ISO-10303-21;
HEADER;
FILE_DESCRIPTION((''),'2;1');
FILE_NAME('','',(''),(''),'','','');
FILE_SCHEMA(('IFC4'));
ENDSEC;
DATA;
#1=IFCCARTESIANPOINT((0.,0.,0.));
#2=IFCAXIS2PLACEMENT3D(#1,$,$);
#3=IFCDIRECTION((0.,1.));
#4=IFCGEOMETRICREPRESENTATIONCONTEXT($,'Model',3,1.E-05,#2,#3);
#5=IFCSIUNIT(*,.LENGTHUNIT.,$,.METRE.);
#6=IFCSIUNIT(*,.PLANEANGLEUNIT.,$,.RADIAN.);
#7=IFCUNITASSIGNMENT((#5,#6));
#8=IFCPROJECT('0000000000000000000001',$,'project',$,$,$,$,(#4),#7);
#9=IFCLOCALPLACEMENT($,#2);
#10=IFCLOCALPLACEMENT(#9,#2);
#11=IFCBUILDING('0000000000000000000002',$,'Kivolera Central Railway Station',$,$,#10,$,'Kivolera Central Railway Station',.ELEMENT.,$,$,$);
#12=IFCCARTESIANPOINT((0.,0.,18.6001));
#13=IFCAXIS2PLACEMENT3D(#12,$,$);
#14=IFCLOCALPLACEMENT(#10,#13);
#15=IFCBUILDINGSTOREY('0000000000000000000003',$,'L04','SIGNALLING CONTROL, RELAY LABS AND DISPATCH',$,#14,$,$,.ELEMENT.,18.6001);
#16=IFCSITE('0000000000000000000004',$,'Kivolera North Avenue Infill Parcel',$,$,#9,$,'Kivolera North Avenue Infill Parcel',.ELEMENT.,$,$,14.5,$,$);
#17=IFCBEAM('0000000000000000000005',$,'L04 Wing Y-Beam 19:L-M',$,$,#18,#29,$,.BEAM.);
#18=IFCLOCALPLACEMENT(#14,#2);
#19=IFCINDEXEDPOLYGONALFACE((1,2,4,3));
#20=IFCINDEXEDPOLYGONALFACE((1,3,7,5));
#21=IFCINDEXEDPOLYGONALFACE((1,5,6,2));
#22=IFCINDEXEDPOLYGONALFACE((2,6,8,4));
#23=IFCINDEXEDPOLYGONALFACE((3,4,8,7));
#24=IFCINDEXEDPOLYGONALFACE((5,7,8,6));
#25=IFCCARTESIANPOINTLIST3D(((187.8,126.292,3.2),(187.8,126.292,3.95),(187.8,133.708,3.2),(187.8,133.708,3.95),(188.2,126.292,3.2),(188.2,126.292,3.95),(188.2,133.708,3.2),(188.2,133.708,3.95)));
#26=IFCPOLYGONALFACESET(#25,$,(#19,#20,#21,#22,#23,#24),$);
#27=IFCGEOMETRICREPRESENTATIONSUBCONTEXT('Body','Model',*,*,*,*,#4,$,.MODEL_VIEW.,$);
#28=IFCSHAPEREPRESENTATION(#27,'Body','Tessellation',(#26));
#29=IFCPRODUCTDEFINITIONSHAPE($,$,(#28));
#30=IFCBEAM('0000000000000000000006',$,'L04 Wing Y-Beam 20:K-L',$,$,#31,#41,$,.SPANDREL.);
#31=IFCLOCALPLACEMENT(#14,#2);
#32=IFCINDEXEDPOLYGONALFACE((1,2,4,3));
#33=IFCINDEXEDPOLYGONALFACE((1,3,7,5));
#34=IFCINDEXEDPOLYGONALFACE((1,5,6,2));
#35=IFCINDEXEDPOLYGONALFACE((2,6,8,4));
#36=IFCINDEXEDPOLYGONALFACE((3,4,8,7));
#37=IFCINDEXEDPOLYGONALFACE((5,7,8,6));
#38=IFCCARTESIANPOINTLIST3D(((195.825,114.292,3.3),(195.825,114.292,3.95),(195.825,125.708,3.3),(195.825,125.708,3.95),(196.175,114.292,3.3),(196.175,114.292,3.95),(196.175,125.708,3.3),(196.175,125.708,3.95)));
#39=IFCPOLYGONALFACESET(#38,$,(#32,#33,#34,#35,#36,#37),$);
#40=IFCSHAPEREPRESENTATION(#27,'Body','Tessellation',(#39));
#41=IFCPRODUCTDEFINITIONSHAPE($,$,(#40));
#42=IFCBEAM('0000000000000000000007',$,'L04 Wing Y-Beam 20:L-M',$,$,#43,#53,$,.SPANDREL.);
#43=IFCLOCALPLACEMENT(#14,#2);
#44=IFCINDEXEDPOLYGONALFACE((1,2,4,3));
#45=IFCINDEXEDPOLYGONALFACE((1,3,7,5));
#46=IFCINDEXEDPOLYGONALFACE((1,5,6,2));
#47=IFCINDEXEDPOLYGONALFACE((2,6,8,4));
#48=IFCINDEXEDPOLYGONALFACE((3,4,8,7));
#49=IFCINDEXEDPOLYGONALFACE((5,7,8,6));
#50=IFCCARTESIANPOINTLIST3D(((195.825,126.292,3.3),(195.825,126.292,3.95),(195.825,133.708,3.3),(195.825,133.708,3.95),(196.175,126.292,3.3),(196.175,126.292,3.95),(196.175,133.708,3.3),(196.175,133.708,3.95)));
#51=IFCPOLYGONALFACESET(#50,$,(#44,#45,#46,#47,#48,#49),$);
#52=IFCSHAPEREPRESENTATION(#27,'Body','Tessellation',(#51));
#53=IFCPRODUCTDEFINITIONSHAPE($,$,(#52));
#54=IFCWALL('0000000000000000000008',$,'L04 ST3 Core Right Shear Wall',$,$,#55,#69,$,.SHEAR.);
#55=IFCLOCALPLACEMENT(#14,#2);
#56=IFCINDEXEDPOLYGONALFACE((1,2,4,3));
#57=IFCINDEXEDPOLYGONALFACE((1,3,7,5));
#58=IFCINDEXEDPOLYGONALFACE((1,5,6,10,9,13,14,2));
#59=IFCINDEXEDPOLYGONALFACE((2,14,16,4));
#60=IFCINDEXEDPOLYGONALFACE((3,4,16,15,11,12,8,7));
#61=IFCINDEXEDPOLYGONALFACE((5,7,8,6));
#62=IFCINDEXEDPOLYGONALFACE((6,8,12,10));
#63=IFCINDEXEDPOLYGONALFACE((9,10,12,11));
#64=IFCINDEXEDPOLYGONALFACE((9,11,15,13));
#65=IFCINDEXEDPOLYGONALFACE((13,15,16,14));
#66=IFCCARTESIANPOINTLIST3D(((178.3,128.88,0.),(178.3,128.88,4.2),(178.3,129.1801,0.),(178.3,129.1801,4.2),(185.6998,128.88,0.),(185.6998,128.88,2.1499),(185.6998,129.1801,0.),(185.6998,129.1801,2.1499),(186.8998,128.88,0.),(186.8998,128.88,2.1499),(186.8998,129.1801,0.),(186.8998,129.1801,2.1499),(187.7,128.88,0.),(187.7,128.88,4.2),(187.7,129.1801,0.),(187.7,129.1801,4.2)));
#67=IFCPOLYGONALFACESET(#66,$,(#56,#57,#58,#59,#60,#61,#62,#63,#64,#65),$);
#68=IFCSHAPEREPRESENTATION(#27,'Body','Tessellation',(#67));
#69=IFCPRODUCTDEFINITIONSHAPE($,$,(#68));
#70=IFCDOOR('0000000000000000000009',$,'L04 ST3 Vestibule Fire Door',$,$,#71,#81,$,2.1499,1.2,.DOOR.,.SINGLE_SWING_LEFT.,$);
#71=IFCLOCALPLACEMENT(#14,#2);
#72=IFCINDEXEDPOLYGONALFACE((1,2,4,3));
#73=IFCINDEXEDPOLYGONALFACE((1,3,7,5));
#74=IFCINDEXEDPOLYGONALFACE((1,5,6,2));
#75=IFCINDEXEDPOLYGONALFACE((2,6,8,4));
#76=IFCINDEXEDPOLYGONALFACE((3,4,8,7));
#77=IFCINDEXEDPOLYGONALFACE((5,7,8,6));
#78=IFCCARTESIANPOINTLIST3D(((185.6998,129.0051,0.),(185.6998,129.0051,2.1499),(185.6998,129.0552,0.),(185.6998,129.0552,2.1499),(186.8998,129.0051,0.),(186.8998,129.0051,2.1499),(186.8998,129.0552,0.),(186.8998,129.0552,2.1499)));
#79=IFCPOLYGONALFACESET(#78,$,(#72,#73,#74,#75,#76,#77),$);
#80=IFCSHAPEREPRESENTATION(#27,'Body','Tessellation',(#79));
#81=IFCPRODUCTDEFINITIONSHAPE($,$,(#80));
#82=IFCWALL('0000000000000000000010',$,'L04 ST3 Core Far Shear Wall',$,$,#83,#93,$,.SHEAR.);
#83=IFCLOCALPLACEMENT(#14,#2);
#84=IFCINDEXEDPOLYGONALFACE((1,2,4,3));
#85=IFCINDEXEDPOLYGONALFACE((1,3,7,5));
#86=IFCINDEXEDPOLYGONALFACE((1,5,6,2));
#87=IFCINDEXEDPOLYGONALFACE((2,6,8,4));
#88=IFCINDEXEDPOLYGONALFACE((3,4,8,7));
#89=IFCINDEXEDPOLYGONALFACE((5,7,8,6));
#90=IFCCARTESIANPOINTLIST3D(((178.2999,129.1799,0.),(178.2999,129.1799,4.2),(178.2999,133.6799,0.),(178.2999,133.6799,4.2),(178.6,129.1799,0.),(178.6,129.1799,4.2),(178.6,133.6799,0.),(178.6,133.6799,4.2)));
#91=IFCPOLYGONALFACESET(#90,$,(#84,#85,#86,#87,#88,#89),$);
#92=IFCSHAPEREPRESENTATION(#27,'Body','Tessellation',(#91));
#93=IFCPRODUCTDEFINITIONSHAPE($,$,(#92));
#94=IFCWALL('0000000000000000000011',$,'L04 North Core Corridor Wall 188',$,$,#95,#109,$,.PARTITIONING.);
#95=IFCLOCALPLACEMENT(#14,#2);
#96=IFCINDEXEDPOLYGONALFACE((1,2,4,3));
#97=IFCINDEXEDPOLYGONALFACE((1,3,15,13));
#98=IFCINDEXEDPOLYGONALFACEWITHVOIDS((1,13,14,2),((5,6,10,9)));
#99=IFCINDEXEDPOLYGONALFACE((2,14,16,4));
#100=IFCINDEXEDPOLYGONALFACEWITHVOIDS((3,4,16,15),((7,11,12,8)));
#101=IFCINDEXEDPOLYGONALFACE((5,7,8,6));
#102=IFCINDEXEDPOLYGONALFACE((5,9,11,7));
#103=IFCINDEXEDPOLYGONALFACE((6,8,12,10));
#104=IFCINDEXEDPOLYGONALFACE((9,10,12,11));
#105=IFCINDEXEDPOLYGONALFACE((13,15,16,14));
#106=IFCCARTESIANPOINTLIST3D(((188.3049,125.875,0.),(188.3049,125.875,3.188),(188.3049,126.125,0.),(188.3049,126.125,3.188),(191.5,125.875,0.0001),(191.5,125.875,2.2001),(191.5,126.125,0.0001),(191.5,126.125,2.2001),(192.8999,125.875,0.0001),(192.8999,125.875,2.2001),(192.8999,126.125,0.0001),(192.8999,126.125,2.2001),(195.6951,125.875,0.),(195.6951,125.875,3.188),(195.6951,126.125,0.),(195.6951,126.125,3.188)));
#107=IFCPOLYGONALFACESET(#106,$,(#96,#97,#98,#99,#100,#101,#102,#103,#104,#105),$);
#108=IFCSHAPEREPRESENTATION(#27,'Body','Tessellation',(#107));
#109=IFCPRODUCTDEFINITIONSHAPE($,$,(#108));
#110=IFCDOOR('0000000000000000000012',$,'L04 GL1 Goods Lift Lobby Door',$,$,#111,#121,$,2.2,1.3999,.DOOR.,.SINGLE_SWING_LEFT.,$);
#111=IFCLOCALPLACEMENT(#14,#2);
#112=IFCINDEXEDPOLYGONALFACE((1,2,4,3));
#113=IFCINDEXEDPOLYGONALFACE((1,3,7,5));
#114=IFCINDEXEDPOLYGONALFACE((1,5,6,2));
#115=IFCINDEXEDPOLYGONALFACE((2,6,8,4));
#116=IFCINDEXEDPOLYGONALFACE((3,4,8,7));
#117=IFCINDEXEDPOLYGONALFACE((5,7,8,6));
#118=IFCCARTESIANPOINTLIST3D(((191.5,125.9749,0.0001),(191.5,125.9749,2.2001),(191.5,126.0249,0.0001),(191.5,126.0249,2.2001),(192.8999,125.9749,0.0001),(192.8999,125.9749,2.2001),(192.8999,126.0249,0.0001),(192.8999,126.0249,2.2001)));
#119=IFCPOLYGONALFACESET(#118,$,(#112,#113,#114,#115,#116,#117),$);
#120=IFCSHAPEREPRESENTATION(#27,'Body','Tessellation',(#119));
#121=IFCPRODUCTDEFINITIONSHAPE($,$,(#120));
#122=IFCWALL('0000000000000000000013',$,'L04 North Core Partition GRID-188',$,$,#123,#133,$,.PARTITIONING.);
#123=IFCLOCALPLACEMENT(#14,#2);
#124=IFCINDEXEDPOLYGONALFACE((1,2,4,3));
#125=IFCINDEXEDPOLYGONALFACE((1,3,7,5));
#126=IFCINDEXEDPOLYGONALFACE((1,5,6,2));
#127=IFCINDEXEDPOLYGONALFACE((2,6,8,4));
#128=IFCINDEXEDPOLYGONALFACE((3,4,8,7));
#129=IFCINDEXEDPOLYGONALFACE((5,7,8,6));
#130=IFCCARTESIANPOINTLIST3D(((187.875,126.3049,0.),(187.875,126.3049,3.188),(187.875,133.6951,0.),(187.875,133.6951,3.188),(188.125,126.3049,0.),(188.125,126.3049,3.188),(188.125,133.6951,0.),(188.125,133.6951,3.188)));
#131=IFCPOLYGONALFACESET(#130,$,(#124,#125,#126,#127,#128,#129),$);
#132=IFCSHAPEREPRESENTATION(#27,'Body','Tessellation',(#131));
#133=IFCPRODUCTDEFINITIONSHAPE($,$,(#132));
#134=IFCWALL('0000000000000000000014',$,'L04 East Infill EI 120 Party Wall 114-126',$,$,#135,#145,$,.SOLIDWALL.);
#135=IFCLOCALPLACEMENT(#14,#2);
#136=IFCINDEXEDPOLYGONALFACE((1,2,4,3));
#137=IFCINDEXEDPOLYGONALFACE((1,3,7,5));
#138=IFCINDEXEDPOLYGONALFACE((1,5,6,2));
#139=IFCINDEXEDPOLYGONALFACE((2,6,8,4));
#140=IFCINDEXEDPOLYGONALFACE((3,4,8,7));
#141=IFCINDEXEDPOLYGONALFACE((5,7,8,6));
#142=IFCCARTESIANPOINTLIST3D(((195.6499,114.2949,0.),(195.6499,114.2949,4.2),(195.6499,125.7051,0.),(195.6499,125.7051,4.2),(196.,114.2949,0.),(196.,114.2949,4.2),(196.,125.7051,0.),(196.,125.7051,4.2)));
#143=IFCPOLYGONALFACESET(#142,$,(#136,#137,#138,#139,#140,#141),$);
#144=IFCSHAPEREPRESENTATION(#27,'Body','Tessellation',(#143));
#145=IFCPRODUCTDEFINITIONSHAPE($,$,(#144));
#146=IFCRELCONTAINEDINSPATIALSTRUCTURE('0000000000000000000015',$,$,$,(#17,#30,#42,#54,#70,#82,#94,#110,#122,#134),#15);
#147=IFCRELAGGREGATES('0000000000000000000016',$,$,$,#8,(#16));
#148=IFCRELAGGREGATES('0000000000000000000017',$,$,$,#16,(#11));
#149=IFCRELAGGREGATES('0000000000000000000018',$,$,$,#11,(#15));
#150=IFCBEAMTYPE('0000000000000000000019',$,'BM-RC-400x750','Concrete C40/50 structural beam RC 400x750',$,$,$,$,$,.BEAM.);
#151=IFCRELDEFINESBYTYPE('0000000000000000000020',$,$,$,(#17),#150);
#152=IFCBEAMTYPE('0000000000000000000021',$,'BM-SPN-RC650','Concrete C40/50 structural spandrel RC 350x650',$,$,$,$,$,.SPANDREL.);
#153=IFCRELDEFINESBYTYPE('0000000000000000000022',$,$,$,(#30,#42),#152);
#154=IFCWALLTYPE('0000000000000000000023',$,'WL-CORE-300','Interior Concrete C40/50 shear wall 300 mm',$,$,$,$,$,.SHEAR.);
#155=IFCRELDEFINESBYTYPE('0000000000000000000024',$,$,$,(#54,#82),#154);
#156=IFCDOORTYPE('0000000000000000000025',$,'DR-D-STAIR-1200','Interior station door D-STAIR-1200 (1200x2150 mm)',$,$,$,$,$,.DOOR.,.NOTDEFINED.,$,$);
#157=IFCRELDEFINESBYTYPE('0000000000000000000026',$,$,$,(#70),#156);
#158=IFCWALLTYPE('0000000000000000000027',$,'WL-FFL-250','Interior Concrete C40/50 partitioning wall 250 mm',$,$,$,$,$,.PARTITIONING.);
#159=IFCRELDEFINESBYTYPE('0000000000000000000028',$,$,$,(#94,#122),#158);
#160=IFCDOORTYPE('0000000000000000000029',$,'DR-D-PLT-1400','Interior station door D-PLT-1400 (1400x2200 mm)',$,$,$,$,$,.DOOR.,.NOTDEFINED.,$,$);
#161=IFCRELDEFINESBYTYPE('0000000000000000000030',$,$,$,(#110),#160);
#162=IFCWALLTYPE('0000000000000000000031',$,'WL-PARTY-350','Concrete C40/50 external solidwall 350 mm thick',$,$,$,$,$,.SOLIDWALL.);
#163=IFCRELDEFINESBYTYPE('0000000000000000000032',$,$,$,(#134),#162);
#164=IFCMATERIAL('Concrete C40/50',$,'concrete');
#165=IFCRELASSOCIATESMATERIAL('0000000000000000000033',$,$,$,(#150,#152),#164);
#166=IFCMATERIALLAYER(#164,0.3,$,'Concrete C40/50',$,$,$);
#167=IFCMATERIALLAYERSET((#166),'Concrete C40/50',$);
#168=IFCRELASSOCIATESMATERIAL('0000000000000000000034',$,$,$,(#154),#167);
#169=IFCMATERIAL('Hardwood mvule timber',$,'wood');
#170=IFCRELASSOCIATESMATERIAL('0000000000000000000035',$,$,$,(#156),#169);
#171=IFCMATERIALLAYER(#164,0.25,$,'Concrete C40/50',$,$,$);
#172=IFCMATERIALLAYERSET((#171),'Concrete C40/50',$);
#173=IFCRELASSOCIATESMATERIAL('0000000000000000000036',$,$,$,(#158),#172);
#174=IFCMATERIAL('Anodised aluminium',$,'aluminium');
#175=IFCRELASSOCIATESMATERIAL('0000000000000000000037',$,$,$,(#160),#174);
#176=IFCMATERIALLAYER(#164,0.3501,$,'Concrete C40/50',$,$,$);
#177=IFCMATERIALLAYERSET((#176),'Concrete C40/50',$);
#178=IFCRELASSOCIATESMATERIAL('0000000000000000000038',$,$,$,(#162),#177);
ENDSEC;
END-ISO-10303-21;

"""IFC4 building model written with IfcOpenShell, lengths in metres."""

from ifc_helpers import new_model, si_unit, direction, frame, frame_2d, origin, origin_2d, place, context, subcontext, project, spatial, rectangle, extrude, material, layer, layer_set, material_profile, profile_set, type_object, element, fill, save


model = new_model("IFC4")

# Units and contexts
model_context = context("Model", 3, precision=1e-05, world=origin(), true_north=direction((0.0, 1.0)))
body_context = subcontext(model_context, "Body", "Model", "MODEL_VIEW")
ifc_project = project(units=[si_unit("LENGTHUNIT", "METRE"), si_unit("PLANEANGLEUNIT", "RADIAN")], contexts=[model_context])

# Site, building, storey
site_placement = place(None, origin())
site = spatial("IfcSite", under=ifc_project, at=site_placement, Name="Kivolera North Avenue Infill Parcel", LongName="Kivolera North Avenue Infill Parcel", CompositionType="ELEMENT", RefElevation=14.5)
building_placement = place(site_placement, origin())
building = spatial("IfcBuilding", under=site, at=building_placement, Name="Kivolera Central Railway Station", LongName="Kivolera Central Railway Station", CompositionType="ELEMENT")
storey_placement = place(building_placement, frame((0.0, 0.0, 18.6001)))
storey = spatial("IfcBuildingStorey", under=building, at=storey_placement, Name="L04", Description="SIGNALLING CONTROL, RELAY LABS AND DISPATCH", CompositionType="ELEMENT", Elevation=18.6001)

# Shared definitions
ifc_material_1 = material(Name="Concrete C40/50", Category="concrete")

# Beams
ifc_material_profile_1 = material_profile(ifc_material_1, rectangle(XDim=0.3999, YDim=0.75, at=origin_2d()), Name="RC 400x750")
ifc_profile_set_1 = profile_set([ifc_material_profile_1], Name="Concrete C40/50")
beam_type_1 = type_object("IfcBeamType", Name="BM-RC-400x750", Description="Concrete C40/50 structural beam RC 400x750", PredefinedType="BEAM", material=ifc_profile_set_1)
beam_1_placement = place(storey_placement, frame((188.0, 126.292, 3.575), z_axis=(0.0, 1.0, 0.0), x_axis=(-1.0, 0.0, 0.0)))
element("IfcBeam", 1, at=beam_1_placement, inside=storey, type_object=beam_type_1, Name="L04 Wing Y-Beam 19:L-M", PredefinedType="BEAM", context=body_context, shape_type="SweptSolid", body=[
    extrude(rectangle(XDim=0.3999, YDim=0.75, at=origin_2d()), origin(), (0.0, 0.0, 1.0), 7.416),
])
ifc_material_profile_2 = material_profile(ifc_material_1, rectangle(XDim=0.3501, YDim=0.6499, at=origin_2d()), Name="RC 350x650")
ifc_profile_set_2 = profile_set([ifc_material_profile_2], Name="Concrete C40/50")
beam_type_2 = type_object("IfcBeamType", Name="BM-SPN-RC650", Description="Concrete C40/50 structural spandrel RC 350x650", PredefinedType="SPANDREL", material=ifc_profile_set_2)
beam_2_placement = place(storey_placement, frame((196.0, 114.292, 3.625), z_axis=(0.0, 1.0, 0.0), x_axis=(-1.0, 0.0, 0.0)))
element("IfcBeam", 2, at=beam_2_placement, inside=storey, type_object=beam_type_2, Name="L04 Wing Y-Beam 20:K-L", PredefinedType="SPANDREL", context=body_context, shape_type="SweptSolid", body=[
    extrude(rectangle(XDim=0.3501, YDim=0.6499, at=origin_2d()), origin(), (0.0, 0.0, 1.0), 11.416),
])
beam_3_placement = place(storey_placement, frame((196.0, 126.292, 3.625), z_axis=(0.0, 1.0, 0.0), x_axis=(-1.0, 0.0, 0.0)))
element("IfcBeam", 3, at=beam_3_placement, inside=storey, type_object=beam_type_2, Name="L04 Wing Y-Beam 20:L-M", PredefinedType="SPANDREL", context=body_context, shape_type="SweptSolid", body=[
    extrude(rectangle(XDim=0.3501, YDim=0.6499, at=origin_2d()), origin(), (0.0, 0.0, 1.0), 7.416),
])

# Wall, opening, door
ifc_layer_1 = layer(ifc_material_1, 0.3, Name="Concrete C40/50")
ifc_layer_set_1 = layer_set([ifc_layer_1], Name="Concrete C40/50")
wall_type_1 = type_object("IfcWallType", Name="WL-CORE-300", Description="Interior Concrete C40/50 shear wall 300 mm", PredefinedType="SHEAR", material=ifc_layer_set_1)
wall_1_placement = place(storey_placement, frame((187.7, 129.03, 0.0), z_axis=(0.0, 0.0, 1.0), x_axis=(-1.0, 0.0, 0.0)))
wall_1 = element("IfcWall", 4, at=wall_1_placement, inside=storey, type_object=wall_type_1, Name="L04 ST3 Core Right Shear Wall", PredefinedType="SHEAR", context=body_context, shape_type="SweptSolid", body=[
    extrude(rectangle(XDim=9.3999, YDim=0.3, at=frame_2d((4.7, 0.0))), origin(), (0.0, 0.0, 1.0), 4.2),
])
opening_1_placement = place(wall_1_placement, frame((0.8, 0.0, 0.0)))
opening_1 = element("IfcOpeningElement", 5, at=opening_1_placement, cuts=wall_1, PredefinedType="OPENING", context=body_context, shape_type="SweptSolid", body=[
    extrude(rectangle(XDim=1.2, YDim=2.1499, at=frame_2d((0.6001, 1.075))), frame((0.0, 0.1599, 0.0), z_axis=(0.0, -1.0, 0.0), x_axis=(1.0, 0.0, 0.0)), (0.0, 0.0, 1.0), 0.3201),
])
ifc_material_2 = material(Name="Hardwood mvule timber", Category="wood")
door_type_1 = type_object("IfcDoorType", Name="DR-D-STAIR-1200", Description="Interior station door D-STAIR-1200 (1200x2150 mm)", OperationType="NOTDEFINED", PredefinedType="DOOR", material=ifc_material_2)
door_1_placement = place(opening_1_placement, origin())
door_1 = element("IfcDoor", 6, at=door_1_placement, inside=storey, type_object=door_type_1, Name="L04 ST3 Vestibule Fire Door", OperationType="SINGLE_SWING_LEFT", OverallHeight=2.1499, OverallWidth=1.2, PredefinedType="DOOR", context=body_context, shape_type="SweptSolid", body=[
    extrude(rectangle(XDim=1.2, YDim=2.1499, at=frame_2d((0.6001, 1.075))), frame((0.0, 0.0249, 0.0), z_axis=(0.0, -1.0, 0.0), x_axis=(1.0, 0.0, 0.0)), (0.0, 0.0, 1.0), 0.05),
])
fill(opening_1, door_1)

# Wall
wall_2_placement = place(storey_placement, frame((178.45, 129.1799, 0.0), z_axis=(0.0, 0.0, 1.0), x_axis=(0.0, 1.0, 0.0)))
element("IfcWall", 7, at=wall_2_placement, inside=storey, type_object=wall_type_1, Name="L04 ST3 Core Far Shear Wall", PredefinedType="SHEAR", context=body_context, shape_type="SweptSolid", body=[
    extrude(rectangle(XDim=4.5, YDim=0.3, at=frame_2d((2.25, 0.0))), origin(), (0.0, 0.0, 1.0), 4.2),
])

# Wall, opening, door
ifc_layer_2 = layer(ifc_material_1, 0.25, Name="Concrete C40/50")
ifc_layer_set_2 = layer_set([ifc_layer_2], Name="Concrete C40/50")
wall_type_2 = type_object("IfcWallType", Name="WL-FFL-250", Description="Interior Concrete C40/50 partitioning wall 250 mm", PredefinedType="PARTITIONING", material=ifc_layer_set_2)
wall_3_placement = place(storey_placement, frame((188.3049, 126.0, 0.0), z_axis=(0.0, 0.0, 1.0), x_axis=(1.0, 0.0, 0.0)))
wall_3 = element("IfcWall", 8, at=wall_3_placement, inside=storey, type_object=wall_type_2, Name="L04 North Core Corridor Wall 188", PredefinedType="PARTITIONING", context=body_context, shape_type="SweptSolid", body=[
    extrude(rectangle(XDim=7.3901, YDim=0.25, at=frame_2d((3.6951, 0.0))), origin(), (0.0, 0.0, 1.0), 3.188),
])
opening_2_placement = place(wall_3_placement, frame((3.1951, 0.0, 0.0)))
opening_2 = element("IfcOpeningElement", 9, at=opening_2_placement, cuts=wall_3, PredefinedType="OPENING", context=body_context, shape_type="SweptSolid", body=[
    extrude(rectangle(XDim=1.3999, YDim=2.2, at=frame_2d((0.7, 1.1001))), frame((0.0, 0.135, 0.0), z_axis=(0.0, -1.0, 0.0), x_axis=(1.0, 0.0, 0.0)), (0.0, 0.0, 1.0), 0.27),
])
ifc_material_3 = material(Name="Anodised aluminium", Category="aluminium")
door_type_2 = type_object("IfcDoorType", Name="DR-D-PLT-1400", Description="Interior station door D-PLT-1400 (1400x2200 mm)", OperationType="NOTDEFINED", PredefinedType="DOOR", material=ifc_material_3)
door_2_placement = place(opening_2_placement, origin())
door_2 = element("IfcDoor", 10, at=door_2_placement, inside=storey, type_object=door_type_2, Name="L04 GL1 Goods Lift Lobby Door", OperationType="SINGLE_SWING_LEFT", OverallHeight=2.2, OverallWidth=1.3999, PredefinedType="DOOR", context=body_context, shape_type="SweptSolid", body=[
    extrude(rectangle(XDim=1.3999, YDim=2.2, at=frame_2d((0.7, 1.1001))), frame((0.0, 0.0249, 0.0), z_axis=(0.0, -1.0, 0.0), x_axis=(1.0, 0.0, 0.0)), (0.0, 0.0, 1.0), 0.05),
])
fill(opening_2, door_2)

# Walls
wall_4_placement = place(storey_placement, frame((188.0, 126.3049, 0.0), z_axis=(0.0, 0.0, 1.0), x_axis=(0.0, 1.0, 0.0)))
element("IfcWall", 11, at=wall_4_placement, inside=storey, type_object=wall_type_2, Name="L04 North Core Partition GRID-188", PredefinedType="PARTITIONING", context=body_context, shape_type="SweptSolid", body=[
    extrude(rectangle(XDim=7.3901, YDim=0.25, at=frame_2d((3.6951, 0.0))), origin(), (0.0, 0.0, 1.0), 3.188),
])
ifc_layer_3 = layer(ifc_material_1, 0.3501, Name="Concrete C40/50")
ifc_layer_set_3 = layer_set([ifc_layer_3], Name="Concrete C40/50")
wall_type_3 = type_object("IfcWallType", Name="WL-PARTY-350", Description="Concrete C40/50 external solidwall 350 mm thick", PredefinedType="SOLIDWALL", material=ifc_layer_set_3)
wall_5_placement = place(storey_placement, frame((195.825, 125.7051, 0.0), z_axis=(0.0, 0.0, 1.0), x_axis=(0.0, -1.0, 0.0)))
element("IfcWall", 12, at=wall_5_placement, inside=storey, type_object=wall_type_3, Name="L04 East Infill EI 120 Party Wall 114-126", PredefinedType="SOLIDWALL", context=body_context, shape_type="SweptSolid", body=[
    extrude(rectangle(XDim=11.4102, YDim=0.3501, at=frame_2d((5.7051, 0.0))), origin(), (0.0, 0.0, 1.0), 4.2),
])

save(model, "model.ifc")
